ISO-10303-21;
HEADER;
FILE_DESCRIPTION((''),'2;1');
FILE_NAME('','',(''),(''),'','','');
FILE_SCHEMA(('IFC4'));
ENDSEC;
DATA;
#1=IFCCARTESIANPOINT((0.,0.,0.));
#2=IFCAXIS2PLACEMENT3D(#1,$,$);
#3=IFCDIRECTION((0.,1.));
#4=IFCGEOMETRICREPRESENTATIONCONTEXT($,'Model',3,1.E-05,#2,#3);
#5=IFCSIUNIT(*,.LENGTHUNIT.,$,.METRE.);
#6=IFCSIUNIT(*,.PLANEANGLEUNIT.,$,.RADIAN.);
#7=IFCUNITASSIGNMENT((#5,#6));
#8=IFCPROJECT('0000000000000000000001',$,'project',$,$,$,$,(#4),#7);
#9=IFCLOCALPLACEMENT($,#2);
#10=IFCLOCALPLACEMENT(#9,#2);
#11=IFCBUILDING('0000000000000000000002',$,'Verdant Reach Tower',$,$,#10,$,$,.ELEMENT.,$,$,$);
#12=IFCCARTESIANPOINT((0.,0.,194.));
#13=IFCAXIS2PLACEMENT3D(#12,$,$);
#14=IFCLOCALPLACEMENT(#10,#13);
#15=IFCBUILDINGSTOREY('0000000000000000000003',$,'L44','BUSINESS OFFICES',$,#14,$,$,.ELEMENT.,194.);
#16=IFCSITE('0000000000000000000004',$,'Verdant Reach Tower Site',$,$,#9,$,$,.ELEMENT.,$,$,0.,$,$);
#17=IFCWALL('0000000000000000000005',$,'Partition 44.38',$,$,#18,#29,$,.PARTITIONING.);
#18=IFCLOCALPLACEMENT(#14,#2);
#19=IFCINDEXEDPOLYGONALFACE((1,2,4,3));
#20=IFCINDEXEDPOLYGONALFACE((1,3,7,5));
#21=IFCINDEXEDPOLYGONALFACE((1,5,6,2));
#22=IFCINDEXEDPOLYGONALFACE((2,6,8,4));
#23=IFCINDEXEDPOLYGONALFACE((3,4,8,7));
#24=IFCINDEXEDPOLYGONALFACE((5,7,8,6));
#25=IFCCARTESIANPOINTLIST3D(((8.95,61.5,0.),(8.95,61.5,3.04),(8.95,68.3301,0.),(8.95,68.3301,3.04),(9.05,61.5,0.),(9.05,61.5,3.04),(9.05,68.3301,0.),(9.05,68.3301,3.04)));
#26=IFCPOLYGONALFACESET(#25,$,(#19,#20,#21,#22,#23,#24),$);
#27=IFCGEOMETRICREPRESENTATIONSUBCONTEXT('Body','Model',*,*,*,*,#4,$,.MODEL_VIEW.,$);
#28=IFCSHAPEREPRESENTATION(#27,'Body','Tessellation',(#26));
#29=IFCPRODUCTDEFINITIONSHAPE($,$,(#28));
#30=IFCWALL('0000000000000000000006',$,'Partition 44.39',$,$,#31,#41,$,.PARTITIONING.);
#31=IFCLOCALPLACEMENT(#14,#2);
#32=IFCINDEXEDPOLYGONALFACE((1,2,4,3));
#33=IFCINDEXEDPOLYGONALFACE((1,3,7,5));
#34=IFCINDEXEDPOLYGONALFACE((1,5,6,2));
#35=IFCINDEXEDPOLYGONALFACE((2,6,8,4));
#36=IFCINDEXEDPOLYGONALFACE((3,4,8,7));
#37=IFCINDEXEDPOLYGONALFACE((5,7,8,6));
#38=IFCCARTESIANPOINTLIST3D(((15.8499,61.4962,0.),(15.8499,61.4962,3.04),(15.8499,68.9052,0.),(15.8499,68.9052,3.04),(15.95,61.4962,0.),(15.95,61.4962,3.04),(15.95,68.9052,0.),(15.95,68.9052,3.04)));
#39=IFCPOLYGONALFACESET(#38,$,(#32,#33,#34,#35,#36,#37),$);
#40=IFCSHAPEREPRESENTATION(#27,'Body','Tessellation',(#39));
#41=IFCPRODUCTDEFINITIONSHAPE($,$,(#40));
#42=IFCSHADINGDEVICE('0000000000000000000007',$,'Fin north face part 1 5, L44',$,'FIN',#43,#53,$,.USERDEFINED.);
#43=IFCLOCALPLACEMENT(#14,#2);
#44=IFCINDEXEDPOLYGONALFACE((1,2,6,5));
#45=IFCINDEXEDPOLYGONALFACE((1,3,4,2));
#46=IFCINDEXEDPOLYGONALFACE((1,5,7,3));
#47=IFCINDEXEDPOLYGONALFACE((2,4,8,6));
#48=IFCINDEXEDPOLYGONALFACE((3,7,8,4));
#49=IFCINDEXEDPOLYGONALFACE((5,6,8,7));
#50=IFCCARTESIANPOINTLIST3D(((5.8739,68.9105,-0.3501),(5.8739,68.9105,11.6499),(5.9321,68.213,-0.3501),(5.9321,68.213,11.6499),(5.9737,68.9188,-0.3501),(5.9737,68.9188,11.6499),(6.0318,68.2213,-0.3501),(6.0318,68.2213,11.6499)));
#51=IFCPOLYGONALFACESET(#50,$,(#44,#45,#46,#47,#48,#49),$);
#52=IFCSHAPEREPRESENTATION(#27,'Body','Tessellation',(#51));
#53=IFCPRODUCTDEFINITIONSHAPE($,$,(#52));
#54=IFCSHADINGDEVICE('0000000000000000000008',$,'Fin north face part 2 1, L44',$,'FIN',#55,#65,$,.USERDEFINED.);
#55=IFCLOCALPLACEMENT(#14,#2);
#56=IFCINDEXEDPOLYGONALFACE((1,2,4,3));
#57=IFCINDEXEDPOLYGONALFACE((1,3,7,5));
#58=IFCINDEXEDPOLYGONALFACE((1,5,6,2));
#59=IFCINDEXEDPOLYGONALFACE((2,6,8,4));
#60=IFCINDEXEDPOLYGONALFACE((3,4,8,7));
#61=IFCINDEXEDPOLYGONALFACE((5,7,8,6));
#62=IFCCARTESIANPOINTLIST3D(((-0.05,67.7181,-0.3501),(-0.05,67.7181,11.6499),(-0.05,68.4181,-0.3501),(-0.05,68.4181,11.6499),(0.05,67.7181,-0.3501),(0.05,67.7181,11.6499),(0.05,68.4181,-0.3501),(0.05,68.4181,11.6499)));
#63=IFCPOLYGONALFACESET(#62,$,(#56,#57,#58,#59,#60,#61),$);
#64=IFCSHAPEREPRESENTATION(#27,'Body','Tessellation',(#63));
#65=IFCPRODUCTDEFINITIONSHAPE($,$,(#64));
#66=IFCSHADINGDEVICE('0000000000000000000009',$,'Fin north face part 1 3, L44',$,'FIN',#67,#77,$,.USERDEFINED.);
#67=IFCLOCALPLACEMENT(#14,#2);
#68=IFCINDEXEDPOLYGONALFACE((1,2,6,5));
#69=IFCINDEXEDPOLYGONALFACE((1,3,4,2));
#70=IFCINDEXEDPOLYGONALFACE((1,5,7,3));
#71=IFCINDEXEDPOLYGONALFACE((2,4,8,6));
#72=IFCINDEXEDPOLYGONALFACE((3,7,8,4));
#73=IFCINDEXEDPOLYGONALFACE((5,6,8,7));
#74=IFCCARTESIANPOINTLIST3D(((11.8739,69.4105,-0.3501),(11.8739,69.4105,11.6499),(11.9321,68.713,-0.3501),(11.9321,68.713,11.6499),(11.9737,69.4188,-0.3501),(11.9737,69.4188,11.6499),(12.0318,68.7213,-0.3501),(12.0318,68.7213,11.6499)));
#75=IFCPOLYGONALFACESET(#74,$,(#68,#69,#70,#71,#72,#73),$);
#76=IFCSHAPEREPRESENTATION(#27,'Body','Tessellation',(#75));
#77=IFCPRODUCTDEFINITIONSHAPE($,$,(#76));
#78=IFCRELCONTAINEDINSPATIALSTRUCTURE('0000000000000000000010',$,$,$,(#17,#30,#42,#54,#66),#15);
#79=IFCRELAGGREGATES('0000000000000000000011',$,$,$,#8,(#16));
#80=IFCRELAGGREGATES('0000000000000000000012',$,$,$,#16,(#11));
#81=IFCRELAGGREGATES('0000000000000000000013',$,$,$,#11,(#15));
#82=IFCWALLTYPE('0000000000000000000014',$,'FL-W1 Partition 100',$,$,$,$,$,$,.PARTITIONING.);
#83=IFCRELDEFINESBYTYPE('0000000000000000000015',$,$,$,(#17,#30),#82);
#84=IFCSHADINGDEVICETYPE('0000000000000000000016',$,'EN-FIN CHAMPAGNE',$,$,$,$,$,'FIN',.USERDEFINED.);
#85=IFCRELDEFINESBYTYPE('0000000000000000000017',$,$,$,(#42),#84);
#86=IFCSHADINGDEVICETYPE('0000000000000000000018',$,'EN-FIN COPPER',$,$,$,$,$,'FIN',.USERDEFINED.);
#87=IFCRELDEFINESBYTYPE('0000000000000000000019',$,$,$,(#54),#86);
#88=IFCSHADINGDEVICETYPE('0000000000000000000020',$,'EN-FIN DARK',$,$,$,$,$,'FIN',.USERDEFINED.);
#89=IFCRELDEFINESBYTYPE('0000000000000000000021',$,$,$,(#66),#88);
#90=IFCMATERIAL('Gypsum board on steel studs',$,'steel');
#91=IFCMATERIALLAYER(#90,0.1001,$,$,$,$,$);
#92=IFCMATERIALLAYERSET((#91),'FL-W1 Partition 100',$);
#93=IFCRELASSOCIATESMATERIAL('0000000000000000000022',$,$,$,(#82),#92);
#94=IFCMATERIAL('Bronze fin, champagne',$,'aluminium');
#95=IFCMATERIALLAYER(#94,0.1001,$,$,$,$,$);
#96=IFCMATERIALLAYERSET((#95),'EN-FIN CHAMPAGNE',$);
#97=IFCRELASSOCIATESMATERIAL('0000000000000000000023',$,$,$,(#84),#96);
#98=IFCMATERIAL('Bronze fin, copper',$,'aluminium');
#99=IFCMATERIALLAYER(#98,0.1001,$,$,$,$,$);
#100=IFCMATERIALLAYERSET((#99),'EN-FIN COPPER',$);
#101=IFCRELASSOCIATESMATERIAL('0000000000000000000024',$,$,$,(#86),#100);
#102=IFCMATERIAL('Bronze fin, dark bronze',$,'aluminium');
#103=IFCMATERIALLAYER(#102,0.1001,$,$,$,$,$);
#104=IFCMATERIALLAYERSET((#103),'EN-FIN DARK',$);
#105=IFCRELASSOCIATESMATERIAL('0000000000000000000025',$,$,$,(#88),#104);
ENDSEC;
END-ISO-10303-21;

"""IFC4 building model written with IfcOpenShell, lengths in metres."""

from ifc_helpers import new_model, si_unit, direction, frame, frame_2d, origin, origin_2d, place, context, subcontext, project, spatial, rectangle, extrude, material, layer, layer_set, type_object, element, save


model = new_model("IFC4")

# Units and contexts
model_context = context("Model", 3, precision=1e-05, world=origin(), true_north=direction((0.0, 1.0)))
body_context = subcontext(model_context, "Body", "Model", "MODEL_VIEW")
ifc_project = project(units=[si_unit("LENGTHUNIT", "METRE"), si_unit("PLANEANGLEUNIT", "RADIAN")], contexts=[model_context])

# Site, building, storey
site_placement = place(None, origin())
site = spatial("IfcSite", under=ifc_project, at=site_placement, Name="Verdant Reach Tower Site", CompositionType="ELEMENT", RefElevation=0.0)
building_placement = place(site_placement, origin())
building = spatial("IfcBuilding", under=site, at=building_placement, Name="Verdant Reach Tower", CompositionType="ELEMENT")
storey_placement = place(building_placement, frame((0.0, 0.0, 194.0)))
storey = spatial("IfcBuildingStorey", under=building, at=storey_placement, Name="L44", Description="BUSINESS OFFICES", CompositionType="ELEMENT", Elevation=194.0)

# Shared definitions
ifc_material_1 = material(Name="Gypsum board on steel studs", Category="steel")
ifc_layer_1 = layer(ifc_material_1, 0.1001)
ifc_layer_set_1 = layer_set([ifc_layer_1], Name="FL-W1 Partition 100")
wall_type = type_object("IfcWallType", Name="FL-W1 Partition 100", PredefinedType="PARTITIONING", material=ifc_layer_set_1)

# Walls
wall_1_placement = place(storey_placement, frame((9.0, 61.5, 0.0), z_axis=(0.0, 0.0, 1.0), x_axis=(0.0, 1.0, 0.0)))
element("IfcWall", 1, at=wall_1_placement, inside=storey, type_object=wall_type, Name="Partition 44.38", PredefinedType="PARTITIONING", context=body_context, shape_type="SweptSolid", body=[
    extrude(rectangle(XDim=6.8301, YDim=0.1001, at=frame_2d((3.415, 0.0))), origin(), (0.0, 0.0, 1.0), 3.04),
])
wall_2_placement = place(storey_placement, frame((15.8999, 61.4961, 0.0), z_axis=(0.0, 0.0, 1.0), x_axis=(0.0, 1.0, 0.0)))
element("IfcWall", 2, at=wall_2_placement, inside=storey, type_object=wall_type, Name="Partition 44.39", PredefinedType="PARTITIONING", context=body_context, shape_type="SweptSolid", body=[
    extrude(rectangle(XDim=7.4089, YDim=0.1001, at=frame_2d((3.7046, 0.0))), origin(), (0.0, 0.0, 1.0), 3.04),
])

# Shading devices
ifc_material_2 = material(Name="Bronze fin, champagne", Category="aluminium")
ifc_layer_2 = layer(ifc_material_2, 0.1001)
ifc_layer_set_2 = layer_set([ifc_layer_2], Name="EN-FIN CHAMPAGNE")
shading_device_type_1 = type_object("IfcShadingDeviceType", Name="EN-FIN CHAMPAGNE", ElementType="FIN", PredefinedType="USERDEFINED", material=ifc_layer_set_2)
shading_device_1_placement = place(storey_placement, frame((5.9529, 68.5659, -0.3501), z_axis=(0.0, 0.0, 1.0), x_axis=(-0.996546, -0.083045, 0.0)))
element("IfcShadingDevice", 3, at=shading_device_1_placement, inside=storey, type_object=shading_device_type_1, Name="Fin north face part 1 5, L44", ObjectType="FIN", PredefinedType="USERDEFINED", context=body_context, shape_type="SweptSolid", body=[
    extrude(rectangle(XDim=0.1001, YDim=0.7, at=origin_2d()), origin(), (0.0, 0.0, 1.0), 12.0),
])
ifc_material_3 = material(Name="Bronze fin, copper", Category="aluminium")
ifc_layer_3 = layer(ifc_material_3, 0.1001)
ifc_layer_set_3 = layer_set([ifc_layer_3], Name="EN-FIN COPPER")
shading_device_type_2 = type_object("IfcShadingDeviceType", Name="EN-FIN COPPER", ElementType="FIN", PredefinedType="USERDEFINED", material=ifc_layer_set_3)
shading_device_2_placement = place(storey_placement, frame((0.0, 68.0681, -0.3501), z_axis=(0.0, 0.0, 1.0), x_axis=(-1.0, 0.0, 0.0)))
element("IfcShadingDevice", 4, at=shading_device_2_placement, inside=storey, type_object=shading_device_type_2, Name="Fin north face part 2 1, L44", ObjectType="FIN", PredefinedType="USERDEFINED", context=body_context, shape_type="SweptSolid", body=[
    extrude(rectangle(XDim=0.1001, YDim=0.7, at=origin_2d()), origin(), (0.0, 0.0, 1.0), 12.0),
])
ifc_material_4 = material(Name="Bronze fin, dark bronze", Category="aluminium")
ifc_layer_4 = layer(ifc_material_4, 0.1001)
ifc_layer_set_4 = layer_set([ifc_layer_4], Name="EN-FIN DARK")
shading_device_type_3 = type_object("IfcShadingDeviceType", Name="EN-FIN DARK", ElementType="FIN", PredefinedType="USERDEFINED", material=ifc_layer_set_4)
shading_device_3_placement = place(storey_placement, frame((11.9529, 69.0659, -0.3501), z_axis=(0.0, 0.0, 1.0), x_axis=(-0.996546, -0.083045, 0.0)))
element("IfcShadingDevice", 5, at=shading_device_3_placement, inside=storey, type_object=shading_device_type_3, Name="Fin north face part 1 3, L44", ObjectType="FIN", PredefinedType="USERDEFINED", context=body_context, shape_type="SweptSolid", body=[
    extrude(rectangle(XDim=0.1001, YDim=0.7, at=origin_2d()), origin(), (0.0, 0.0, 1.0), 12.0),
])

save(model, "model.ifc")
